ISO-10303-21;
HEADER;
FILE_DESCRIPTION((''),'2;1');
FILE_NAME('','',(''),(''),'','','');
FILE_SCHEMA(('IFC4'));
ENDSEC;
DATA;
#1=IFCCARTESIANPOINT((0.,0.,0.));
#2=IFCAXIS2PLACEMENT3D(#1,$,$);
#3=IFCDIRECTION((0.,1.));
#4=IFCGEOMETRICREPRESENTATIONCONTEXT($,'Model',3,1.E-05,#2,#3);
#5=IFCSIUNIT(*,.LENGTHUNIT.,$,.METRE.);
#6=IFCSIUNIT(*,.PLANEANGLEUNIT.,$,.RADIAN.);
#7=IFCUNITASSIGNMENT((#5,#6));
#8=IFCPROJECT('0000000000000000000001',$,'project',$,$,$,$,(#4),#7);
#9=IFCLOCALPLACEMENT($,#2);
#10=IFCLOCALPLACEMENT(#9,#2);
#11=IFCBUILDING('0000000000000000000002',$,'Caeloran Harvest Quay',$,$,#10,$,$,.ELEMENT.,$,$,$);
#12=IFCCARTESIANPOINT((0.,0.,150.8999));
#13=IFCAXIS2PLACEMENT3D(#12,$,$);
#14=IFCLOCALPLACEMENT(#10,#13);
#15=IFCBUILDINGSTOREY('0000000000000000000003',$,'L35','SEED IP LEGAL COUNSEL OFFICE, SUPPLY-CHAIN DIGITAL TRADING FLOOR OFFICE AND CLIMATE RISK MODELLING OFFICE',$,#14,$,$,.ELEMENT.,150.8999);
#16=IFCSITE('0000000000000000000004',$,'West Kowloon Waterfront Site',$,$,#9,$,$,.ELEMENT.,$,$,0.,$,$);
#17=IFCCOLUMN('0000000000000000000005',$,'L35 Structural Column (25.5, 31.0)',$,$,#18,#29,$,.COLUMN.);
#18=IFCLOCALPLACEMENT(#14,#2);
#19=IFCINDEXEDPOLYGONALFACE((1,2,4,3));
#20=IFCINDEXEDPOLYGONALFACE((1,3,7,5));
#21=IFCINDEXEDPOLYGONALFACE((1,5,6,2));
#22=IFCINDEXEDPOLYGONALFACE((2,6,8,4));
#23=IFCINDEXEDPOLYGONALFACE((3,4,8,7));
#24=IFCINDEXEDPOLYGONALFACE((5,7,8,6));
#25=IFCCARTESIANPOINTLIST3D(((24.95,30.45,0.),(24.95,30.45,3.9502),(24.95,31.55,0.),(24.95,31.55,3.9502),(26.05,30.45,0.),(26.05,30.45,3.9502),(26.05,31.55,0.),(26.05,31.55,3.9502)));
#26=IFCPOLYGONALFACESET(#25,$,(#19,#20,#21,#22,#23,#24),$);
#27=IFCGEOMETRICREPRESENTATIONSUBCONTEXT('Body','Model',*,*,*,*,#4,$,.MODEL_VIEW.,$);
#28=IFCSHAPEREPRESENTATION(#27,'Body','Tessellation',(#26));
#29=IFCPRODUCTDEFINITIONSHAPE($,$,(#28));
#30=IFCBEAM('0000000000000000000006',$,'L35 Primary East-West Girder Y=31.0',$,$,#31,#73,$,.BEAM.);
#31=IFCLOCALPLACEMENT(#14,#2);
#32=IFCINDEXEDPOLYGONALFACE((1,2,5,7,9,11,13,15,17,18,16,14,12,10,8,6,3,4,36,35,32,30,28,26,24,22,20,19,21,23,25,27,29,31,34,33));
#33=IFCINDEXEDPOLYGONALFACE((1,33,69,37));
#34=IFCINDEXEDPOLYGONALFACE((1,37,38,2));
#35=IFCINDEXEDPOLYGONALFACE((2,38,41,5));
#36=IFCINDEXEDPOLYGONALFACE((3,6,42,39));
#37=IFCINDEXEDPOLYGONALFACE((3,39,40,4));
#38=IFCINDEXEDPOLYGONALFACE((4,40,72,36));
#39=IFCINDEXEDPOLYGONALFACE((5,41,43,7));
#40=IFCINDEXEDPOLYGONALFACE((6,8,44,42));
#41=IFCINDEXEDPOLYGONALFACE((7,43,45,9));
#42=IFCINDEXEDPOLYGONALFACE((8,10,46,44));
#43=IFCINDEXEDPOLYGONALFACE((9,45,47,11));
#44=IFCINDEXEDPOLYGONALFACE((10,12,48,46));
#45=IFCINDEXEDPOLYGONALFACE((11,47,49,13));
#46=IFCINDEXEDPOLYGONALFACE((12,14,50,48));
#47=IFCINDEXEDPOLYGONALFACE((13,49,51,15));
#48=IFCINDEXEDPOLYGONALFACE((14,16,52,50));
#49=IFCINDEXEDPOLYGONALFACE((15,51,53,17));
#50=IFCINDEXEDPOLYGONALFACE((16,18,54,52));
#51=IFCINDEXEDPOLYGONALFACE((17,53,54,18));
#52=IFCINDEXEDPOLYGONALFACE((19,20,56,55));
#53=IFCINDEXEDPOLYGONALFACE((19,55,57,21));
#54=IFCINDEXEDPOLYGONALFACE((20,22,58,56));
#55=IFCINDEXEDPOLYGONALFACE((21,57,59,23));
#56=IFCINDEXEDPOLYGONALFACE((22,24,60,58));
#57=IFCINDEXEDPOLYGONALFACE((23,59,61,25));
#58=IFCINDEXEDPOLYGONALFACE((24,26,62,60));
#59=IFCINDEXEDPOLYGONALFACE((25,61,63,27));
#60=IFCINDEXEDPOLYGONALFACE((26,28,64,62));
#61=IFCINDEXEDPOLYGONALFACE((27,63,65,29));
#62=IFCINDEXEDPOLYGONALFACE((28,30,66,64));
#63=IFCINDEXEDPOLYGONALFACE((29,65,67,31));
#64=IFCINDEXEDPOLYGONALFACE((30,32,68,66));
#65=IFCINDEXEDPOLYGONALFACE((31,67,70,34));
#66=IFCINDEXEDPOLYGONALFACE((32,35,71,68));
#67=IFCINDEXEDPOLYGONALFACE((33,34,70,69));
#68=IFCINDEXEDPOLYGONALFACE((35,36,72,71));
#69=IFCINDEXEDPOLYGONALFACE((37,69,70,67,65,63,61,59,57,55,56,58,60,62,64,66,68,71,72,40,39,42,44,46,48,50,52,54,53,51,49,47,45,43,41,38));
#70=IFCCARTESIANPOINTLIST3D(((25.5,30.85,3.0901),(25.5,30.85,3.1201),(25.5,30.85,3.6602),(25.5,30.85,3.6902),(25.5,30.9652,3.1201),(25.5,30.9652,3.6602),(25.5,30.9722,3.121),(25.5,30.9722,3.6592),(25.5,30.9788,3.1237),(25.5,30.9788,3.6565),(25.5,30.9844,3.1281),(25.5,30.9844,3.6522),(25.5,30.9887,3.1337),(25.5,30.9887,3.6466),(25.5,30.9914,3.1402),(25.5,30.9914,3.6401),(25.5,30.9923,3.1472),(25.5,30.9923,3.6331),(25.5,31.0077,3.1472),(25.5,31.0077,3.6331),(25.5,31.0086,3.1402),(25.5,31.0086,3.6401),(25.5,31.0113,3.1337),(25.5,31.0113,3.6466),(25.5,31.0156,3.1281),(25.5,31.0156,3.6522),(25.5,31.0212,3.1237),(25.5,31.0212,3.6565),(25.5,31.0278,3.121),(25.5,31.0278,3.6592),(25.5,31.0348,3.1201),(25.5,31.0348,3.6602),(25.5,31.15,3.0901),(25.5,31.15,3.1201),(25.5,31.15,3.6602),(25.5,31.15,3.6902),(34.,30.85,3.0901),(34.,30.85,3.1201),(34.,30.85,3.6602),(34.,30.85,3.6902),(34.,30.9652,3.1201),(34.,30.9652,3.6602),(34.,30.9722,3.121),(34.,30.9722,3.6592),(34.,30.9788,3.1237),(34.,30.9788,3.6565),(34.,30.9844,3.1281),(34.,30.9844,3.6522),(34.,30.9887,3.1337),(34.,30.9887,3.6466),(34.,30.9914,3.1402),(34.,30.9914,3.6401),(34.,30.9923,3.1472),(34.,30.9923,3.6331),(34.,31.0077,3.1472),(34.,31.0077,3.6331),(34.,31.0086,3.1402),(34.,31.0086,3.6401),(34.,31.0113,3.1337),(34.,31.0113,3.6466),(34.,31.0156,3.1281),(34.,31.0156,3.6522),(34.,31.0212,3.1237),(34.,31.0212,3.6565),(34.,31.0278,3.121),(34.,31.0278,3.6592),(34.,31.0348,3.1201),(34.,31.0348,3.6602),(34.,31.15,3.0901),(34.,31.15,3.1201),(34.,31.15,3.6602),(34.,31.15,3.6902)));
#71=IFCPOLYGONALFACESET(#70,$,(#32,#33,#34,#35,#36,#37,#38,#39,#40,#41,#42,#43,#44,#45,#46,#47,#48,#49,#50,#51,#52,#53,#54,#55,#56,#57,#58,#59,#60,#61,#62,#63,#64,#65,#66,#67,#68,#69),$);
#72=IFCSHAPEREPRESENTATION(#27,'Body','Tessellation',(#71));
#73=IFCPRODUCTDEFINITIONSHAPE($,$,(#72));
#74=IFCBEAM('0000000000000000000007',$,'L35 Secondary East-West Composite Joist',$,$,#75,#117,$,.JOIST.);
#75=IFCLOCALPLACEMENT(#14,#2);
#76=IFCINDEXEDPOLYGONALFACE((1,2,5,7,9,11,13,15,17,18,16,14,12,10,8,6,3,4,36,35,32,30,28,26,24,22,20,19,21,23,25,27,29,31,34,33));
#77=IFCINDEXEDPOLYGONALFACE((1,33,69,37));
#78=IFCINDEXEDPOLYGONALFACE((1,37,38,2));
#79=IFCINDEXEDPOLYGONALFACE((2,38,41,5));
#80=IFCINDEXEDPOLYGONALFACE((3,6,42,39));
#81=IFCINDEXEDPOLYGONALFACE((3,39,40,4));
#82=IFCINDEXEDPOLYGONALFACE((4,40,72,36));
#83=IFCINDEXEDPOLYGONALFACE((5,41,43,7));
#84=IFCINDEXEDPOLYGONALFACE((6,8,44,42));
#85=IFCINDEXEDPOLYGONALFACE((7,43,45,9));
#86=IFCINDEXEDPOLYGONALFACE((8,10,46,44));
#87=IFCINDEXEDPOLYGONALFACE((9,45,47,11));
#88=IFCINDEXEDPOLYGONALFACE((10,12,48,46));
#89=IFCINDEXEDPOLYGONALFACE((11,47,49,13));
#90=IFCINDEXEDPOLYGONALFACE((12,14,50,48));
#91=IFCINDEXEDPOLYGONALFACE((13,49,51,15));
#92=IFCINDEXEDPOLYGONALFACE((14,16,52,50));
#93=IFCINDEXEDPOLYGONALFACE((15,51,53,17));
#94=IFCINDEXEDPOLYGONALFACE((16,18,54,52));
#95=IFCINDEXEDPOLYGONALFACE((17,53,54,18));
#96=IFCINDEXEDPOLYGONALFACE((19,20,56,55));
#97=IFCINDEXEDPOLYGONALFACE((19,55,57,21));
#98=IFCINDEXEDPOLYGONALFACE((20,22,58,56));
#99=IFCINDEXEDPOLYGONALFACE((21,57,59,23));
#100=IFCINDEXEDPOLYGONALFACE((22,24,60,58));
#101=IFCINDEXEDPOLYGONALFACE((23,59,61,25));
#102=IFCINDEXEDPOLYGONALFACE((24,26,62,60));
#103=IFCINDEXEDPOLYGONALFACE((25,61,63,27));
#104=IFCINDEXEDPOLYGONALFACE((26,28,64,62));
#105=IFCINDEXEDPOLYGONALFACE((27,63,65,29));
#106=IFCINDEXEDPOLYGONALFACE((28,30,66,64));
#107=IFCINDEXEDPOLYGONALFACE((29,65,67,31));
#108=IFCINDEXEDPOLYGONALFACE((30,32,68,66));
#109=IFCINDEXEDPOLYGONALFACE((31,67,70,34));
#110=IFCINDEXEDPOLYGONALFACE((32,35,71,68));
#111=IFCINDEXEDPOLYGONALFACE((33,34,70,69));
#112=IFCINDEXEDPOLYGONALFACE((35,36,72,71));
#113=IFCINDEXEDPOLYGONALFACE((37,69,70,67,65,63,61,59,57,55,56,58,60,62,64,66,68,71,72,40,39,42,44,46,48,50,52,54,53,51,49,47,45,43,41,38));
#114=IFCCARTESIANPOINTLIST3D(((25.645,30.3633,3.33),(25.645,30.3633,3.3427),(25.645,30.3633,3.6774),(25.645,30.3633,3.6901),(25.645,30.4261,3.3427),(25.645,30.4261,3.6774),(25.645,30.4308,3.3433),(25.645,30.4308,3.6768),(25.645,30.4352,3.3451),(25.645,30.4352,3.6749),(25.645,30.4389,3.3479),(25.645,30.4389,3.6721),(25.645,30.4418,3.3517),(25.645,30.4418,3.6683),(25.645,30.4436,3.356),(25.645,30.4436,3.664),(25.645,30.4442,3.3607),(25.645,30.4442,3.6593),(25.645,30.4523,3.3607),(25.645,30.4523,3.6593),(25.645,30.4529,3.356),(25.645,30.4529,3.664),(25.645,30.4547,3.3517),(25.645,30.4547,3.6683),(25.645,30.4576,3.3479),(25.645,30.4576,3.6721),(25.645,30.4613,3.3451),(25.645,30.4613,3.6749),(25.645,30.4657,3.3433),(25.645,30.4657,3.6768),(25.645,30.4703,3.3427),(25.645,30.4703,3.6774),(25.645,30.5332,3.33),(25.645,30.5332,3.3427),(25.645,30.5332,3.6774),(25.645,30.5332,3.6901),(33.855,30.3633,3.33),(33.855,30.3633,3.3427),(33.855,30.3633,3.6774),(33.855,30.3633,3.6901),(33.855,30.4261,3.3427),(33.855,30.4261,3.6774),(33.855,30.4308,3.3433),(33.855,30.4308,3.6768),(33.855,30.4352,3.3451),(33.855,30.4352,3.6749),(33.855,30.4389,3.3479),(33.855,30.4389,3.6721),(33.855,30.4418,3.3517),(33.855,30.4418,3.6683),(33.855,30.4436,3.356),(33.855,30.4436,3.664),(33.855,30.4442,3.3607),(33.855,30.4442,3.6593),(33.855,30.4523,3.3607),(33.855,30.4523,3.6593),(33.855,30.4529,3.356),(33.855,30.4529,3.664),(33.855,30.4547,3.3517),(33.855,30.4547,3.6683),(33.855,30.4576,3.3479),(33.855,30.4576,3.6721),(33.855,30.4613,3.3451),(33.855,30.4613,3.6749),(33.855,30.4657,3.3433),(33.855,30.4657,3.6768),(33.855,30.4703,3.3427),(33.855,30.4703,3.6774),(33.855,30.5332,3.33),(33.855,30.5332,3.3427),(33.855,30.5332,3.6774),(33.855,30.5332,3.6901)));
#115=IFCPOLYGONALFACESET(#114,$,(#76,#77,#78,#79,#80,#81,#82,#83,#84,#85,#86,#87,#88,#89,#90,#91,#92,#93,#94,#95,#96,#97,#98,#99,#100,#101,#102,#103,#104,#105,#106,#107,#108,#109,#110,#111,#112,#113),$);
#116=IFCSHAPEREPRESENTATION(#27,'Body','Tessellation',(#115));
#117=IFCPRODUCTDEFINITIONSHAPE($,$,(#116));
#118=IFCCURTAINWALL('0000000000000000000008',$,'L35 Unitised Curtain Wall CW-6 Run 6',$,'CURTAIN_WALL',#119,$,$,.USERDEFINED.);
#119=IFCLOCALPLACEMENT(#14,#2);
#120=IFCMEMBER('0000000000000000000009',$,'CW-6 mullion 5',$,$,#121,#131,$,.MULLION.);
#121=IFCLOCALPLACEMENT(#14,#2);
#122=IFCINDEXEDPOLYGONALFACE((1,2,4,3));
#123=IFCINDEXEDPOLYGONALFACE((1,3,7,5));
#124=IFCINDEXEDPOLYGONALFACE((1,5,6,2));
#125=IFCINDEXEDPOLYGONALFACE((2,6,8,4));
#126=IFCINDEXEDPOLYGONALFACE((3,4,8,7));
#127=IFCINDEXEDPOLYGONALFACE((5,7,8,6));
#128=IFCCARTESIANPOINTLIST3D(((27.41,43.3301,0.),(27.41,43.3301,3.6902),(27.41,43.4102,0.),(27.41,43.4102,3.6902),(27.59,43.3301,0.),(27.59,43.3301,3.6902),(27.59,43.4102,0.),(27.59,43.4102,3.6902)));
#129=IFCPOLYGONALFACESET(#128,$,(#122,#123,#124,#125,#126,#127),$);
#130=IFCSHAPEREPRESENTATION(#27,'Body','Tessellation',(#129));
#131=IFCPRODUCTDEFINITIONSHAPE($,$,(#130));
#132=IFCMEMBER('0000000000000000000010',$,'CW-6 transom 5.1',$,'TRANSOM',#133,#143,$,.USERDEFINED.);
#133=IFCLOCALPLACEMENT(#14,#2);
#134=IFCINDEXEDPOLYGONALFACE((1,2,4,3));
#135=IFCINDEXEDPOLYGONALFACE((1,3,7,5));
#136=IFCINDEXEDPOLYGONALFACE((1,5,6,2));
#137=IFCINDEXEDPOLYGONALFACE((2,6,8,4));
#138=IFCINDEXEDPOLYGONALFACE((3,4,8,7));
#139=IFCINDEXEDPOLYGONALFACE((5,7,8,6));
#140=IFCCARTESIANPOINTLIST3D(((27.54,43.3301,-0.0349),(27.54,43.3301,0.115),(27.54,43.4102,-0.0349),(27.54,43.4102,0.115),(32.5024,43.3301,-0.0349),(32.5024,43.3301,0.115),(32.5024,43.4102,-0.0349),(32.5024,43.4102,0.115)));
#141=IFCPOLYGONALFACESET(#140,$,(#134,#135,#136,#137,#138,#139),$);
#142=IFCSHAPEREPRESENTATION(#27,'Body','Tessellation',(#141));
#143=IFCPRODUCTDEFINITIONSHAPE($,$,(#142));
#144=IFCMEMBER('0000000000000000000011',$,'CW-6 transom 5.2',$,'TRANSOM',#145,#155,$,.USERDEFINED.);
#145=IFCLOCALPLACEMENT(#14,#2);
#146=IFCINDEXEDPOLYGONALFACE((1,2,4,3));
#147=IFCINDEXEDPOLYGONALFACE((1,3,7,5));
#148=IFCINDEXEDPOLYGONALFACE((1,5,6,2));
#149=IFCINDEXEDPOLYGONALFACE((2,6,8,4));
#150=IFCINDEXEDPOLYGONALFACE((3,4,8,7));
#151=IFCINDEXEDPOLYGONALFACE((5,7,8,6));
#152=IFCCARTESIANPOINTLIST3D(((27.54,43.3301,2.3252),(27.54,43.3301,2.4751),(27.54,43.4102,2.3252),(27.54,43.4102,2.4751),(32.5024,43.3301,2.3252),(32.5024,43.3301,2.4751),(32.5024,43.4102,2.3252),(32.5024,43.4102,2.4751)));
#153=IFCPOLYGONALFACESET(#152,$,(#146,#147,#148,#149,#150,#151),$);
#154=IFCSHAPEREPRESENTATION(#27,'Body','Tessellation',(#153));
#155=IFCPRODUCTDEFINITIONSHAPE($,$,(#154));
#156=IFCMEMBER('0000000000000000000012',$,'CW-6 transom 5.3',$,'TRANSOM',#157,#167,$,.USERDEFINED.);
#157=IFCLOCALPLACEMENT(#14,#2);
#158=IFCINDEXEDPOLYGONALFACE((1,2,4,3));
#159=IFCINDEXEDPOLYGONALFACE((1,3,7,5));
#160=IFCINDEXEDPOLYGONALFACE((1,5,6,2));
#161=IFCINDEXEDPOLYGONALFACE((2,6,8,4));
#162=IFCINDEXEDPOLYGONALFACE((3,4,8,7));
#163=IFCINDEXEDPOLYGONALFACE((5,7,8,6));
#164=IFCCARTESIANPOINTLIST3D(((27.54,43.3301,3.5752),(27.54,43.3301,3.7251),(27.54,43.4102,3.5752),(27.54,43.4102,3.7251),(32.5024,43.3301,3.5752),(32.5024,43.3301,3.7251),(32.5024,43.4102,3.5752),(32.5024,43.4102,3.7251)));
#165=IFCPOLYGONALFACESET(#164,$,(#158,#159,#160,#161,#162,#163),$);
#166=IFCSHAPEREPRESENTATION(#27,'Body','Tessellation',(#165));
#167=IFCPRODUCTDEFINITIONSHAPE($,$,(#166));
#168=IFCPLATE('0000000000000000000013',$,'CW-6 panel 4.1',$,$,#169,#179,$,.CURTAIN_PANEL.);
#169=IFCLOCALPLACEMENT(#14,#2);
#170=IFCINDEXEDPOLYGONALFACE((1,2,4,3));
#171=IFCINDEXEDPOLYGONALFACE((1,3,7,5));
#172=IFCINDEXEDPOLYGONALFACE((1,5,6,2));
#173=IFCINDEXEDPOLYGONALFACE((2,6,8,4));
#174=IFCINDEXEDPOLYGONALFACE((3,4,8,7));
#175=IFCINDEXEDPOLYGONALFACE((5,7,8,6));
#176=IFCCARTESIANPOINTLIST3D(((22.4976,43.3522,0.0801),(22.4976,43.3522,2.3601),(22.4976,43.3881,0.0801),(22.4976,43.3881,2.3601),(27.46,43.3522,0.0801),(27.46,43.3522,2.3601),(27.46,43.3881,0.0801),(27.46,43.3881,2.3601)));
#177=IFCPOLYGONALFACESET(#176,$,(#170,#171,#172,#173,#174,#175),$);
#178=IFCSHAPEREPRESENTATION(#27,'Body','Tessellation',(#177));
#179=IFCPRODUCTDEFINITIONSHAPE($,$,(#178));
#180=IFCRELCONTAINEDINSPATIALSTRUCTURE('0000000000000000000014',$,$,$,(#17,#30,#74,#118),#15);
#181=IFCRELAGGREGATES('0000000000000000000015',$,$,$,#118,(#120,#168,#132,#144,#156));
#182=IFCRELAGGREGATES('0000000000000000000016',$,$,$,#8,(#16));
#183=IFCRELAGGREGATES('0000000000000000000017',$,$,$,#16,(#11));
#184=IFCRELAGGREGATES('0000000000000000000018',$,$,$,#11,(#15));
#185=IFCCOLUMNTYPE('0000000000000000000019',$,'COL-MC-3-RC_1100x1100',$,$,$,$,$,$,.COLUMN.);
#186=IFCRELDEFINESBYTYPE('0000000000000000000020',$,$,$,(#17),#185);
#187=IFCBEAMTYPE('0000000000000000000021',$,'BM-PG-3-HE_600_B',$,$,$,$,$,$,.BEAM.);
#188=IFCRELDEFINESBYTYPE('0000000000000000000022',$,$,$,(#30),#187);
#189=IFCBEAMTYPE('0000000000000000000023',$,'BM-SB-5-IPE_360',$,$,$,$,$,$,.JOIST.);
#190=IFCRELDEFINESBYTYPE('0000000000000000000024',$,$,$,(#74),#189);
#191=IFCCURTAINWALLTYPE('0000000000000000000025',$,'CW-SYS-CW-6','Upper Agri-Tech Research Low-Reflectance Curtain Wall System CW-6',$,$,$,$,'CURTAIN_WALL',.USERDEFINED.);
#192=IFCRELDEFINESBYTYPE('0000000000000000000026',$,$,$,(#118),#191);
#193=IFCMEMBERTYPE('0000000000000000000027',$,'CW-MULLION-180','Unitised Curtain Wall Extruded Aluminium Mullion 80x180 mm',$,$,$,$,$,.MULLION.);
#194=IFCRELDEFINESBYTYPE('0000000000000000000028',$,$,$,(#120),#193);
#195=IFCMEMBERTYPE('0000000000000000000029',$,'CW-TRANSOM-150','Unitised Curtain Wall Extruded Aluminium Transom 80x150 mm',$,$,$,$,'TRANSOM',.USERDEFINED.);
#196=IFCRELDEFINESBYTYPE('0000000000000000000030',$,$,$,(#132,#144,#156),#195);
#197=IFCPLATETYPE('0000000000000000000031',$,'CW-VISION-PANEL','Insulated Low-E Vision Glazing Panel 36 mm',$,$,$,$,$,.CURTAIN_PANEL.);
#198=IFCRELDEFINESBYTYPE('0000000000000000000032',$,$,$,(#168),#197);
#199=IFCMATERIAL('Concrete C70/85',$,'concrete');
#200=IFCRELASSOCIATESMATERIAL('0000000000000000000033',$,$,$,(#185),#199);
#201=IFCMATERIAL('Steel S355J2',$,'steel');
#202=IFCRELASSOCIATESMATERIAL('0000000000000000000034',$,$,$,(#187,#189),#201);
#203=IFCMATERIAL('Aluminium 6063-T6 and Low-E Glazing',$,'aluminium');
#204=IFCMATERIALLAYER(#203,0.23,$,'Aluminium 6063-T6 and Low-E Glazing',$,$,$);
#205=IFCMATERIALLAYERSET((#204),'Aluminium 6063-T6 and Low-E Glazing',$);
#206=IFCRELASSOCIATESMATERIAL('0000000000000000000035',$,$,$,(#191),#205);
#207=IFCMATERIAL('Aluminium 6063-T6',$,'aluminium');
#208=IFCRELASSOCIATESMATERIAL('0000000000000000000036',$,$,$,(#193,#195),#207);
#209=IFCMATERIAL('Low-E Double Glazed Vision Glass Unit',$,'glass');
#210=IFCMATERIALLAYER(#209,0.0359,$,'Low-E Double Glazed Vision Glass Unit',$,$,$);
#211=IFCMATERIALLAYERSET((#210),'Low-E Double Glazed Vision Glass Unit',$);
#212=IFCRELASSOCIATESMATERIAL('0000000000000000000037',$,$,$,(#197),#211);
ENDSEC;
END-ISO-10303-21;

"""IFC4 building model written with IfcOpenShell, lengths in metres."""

from ifc_helpers import new_model, si_unit, direction, frame, origin, origin_2d, place, context, subcontext, project, spatial, rectangle, i_section, extrude, material, layer, layer_set, material_profile, profile_set, type_object, element, aggregate, save


model = new_model("IFC4")

# Units and contexts
model_context = context("Model", 3, precision=1e-05, world=origin(), true_north=direction((0.0, 1.0)))
body_context = subcontext(model_context, "Body", "Model", "MODEL_VIEW")
ifc_project = project(units=[si_unit("LENGTHUNIT", "METRE"), si_unit("PLANEANGLEUNIT", "RADIAN")], contexts=[model_context])

# Site, building, storey
site_placement = place(None, origin())
site = spatial("IfcSite", under=ifc_project, at=site_placement, Name="West Kowloon Waterfront Site", CompositionType="ELEMENT", RefElevation=0.0)
building_placement = place(site_placement, origin())
building = spatial("IfcBuilding", under=site, at=building_placement, Name="Caeloran Harvest Quay", CompositionType="ELEMENT")
storey_placement = place(building_placement, frame((0.0, 0.0, 150.8999)))
storey = spatial("IfcBuildingStorey", under=building, at=storey_placement, Name="L35", Description="SEED IP LEGAL COUNSEL OFFICE, SUPPLY-CHAIN DIGITAL TRADING FLOOR OFFICE AND CLIMATE RISK MODELLING OFFICE", CompositionType="ELEMENT", Elevation=150.8999)

# Column
ifc_material_1 = material(Name="Concrete C70/85", Category="concrete")
ifc_material_profile_1 = material_profile(ifc_material_1, rectangle(XDim=1.1001, YDim=1.1001, at=origin_2d()), Name="RC 1100x1100")
ifc_profile_set_1 = profile_set([ifc_material_profile_1], Name="Concrete C70/85")
column_type = type_object("IfcColumnType", Name="COL-MC-3-RC_1100x1100", PredefinedType="COLUMN", material=ifc_profile_set_1)
column_placement = place(storey_placement, frame((25.5, 31.0, 0.0), z_axis=(0.0, 0.0, 1.0), x_axis=(1.0, 0.0, 0.0)))
element("IfcColumn", 1, at=column_placement, inside=storey, type_object=column_type, Name="L35 Structural Column (25.5, 31.0)", PredefinedType="COLUMN", context=body_context, shape_type="SweptSolid", body=[
    extrude(rectangle(XDim=1.1001, YDim=1.1001, at=origin_2d()), origin(), (0.0, 0.0, 1.0), 3.9502),
])

# Beams
ifc_material_2 = material(Name="Steel S355J2", Category="steel")
ifc_material_profile_2 = material_profile(ifc_material_2, i_section(OverallWidth=0.3, OverallDepth=0.6001, WebThickness=0.0154, FlangeThickness=0.03, FilletRadius=0.0271, at=origin_2d()), Name="HE 600 B")
ifc_profile_set_2 = profile_set([ifc_material_profile_2], Name="Steel S355J2")
beam_type_1 = type_object("IfcBeamType", Name="BM-PG-3-HE_600_B", PredefinedType="BEAM", material=ifc_profile_set_2)
beam_1_placement = place(storey_placement, frame((25.5, 31.0, 3.3901), z_axis=(1.0, 0.0, 0.0), x_axis=(0.0, 1.0, 0.0)))
element("IfcBeam", 2, at=beam_1_placement, inside=storey, type_object=beam_type_1, Name="L35 Primary East-West Girder Y=31.0", PredefinedType="BEAM", context=body_context, shape_type="SweptSolid", body=[
    extrude(i_section(OverallWidth=0.3, OverallDepth=0.6001, WebThickness=0.0154, FlangeThickness=0.03, FilletRadius=0.0271, at=origin_2d()), origin(), (0.0, 0.0, 1.0), 8.5),
])
ifc_material_profile_3 = material_profile(ifc_material_2, i_section(OverallWidth=0.1699, OverallDepth=0.3601, WebThickness=0.0081, FlangeThickness=0.0127, FilletRadius=0.0181, at=origin_2d()), Name="IPE 360")
ifc_profile_set_3 = profile_set([ifc_material_profile_3], Name="Steel S355J2")
beam_type_2 = type_object("IfcBeamType", Name="BM-SB-5-IPE_360", PredefinedType="JOIST", material=ifc_profile_set_3)
beam_2_placement = place(storey_placement, frame((25.645, 30.4482, 3.51), z_axis=(1.0, 0.0, 0.0), x_axis=(0.0, 1.0, 0.0)))
element("IfcBeam", 3, at=beam_2_placement, inside=storey, type_object=beam_type_2, Name="L35 Secondary East-West Composite Joist", PredefinedType="JOIST", context=body_context, shape_type="SweptSolid", body=[
    extrude(i_section(OverallWidth=0.1699, OverallDepth=0.3601, WebThickness=0.0081, FlangeThickness=0.0127, FilletRadius=0.0181, at=origin_2d()), origin(), (0.0, 0.0, 1.0), 8.21),
])

# Curtain wall, members, plate
ifc_material_3 = material(Name="Aluminium 6063-T6 and Low-E Glazing", Category="aluminium")
ifc_layer_1 = layer(ifc_material_3, 0.23, Name="Aluminium 6063-T6 and Low-E Glazing")
ifc_layer_set_1 = layer_set([ifc_layer_1], Name="Aluminium 6063-T6 and Low-E Glazing")
curtain_wall_type = type_object("IfcCurtainWallType", Name="CW-SYS-CW-6", Description="Upper Agri-Tech Research Low-Reflectance Curtain Wall System CW-6", ElementType="CURTAIN_WALL", PredefinedType="USERDEFINED", material=ifc_layer_set_1)
curtain_wall_placement = place(storey_placement, origin())
curtain_wall = element("IfcCurtainWall", 4, at=curtain_wall_placement, inside=storey, type_object=curtain_wall_type, Name="L35 Unitised Curtain Wall CW-6 Run 6", ObjectType="CURTAIN_WALL", PredefinedType="USERDEFINED")
ifc_material_4 = material(Name="Aluminium 6063-T6", Category="aluminium")
ifc_material_profile_4 = material_profile(ifc_material_4, rectangle(XDim=0.0801, YDim=0.1799, at=origin_2d()), Name="CW-MULLION-180")
ifc_profile_set_4 = profile_set([ifc_material_profile_4], Name="Aluminium 6063-T6")
member_type_1 = type_object("IfcMemberType", Name="CW-MULLION-180", Description="Unitised Curtain Wall Extruded Aluminium Mullion 80x180 mm", PredefinedType="MULLION", material=ifc_profile_set_4)
member_1_placement = place(storey_placement, frame((27.5, 43.3701, 0.0), z_axis=(0.0, 0.0, 1.0), x_axis=(0.0, 1.0, 0.0)))
member_1 = element("IfcMember", 5, at=member_1_placement, type_object=member_type_1, Name="CW-6 mullion 5", PredefinedType="MULLION", context=body_context, shape_type="SweptSolid", body=[
    extrude(rectangle(XDim=0.0801, YDim=0.1799, at=origin_2d()), origin(), (0.0, 0.0, 1.0), 3.6902),
])
ifc_material_profile_5 = material_profile(ifc_material_4, rectangle(XDim=0.0801, YDim=0.1499, at=origin_2d()), Name="CW-TRANSOM-150")
ifc_profile_set_5 = profile_set([ifc_material_profile_5], Name="Aluminium 6063-T6")
member_type_2 = type_object("IfcMemberType", Name="CW-TRANSOM-150", Description="Unitised Curtain Wall Extruded Aluminium Transom 80x150 mm", ElementType="TRANSOM", PredefinedType="USERDEFINED", material=ifc_profile_set_5)
member_2_placement = place(storey_placement, frame((27.54, 43.3701, 0.04), z_axis=(1.0, 0.0, 0.0), x_axis=(0.0, 1.0, 0.0)))
member_2 = element("IfcMember", 6, at=member_2_placement, type_object=member_type_2, Name="CW-6 transom 5.1", ObjectType="TRANSOM", PredefinedType="USERDEFINED", context=body_context, shape_type="SweptSolid", body=[
    extrude(rectangle(XDim=0.0801, YDim=0.1499, at=origin_2d()), origin(), (0.0, 0.0, 1.0), 4.9624),
])
member_3_placement = place(storey_placement, frame((27.54, 43.3701, 2.4001), z_axis=(1.0, 0.0, 0.0), x_axis=(0.0, 1.0, 0.0)))
member_3 = element("IfcMember", 7, at=member_3_placement, type_object=member_type_2, Name="CW-6 transom 5.2", ObjectType="TRANSOM", PredefinedType="USERDEFINED", context=body_context, shape_type="SweptSolid", body=[
    extrude(rectangle(XDim=0.0801, YDim=0.1499, at=origin_2d()), origin(), (0.0, 0.0, 1.0), 4.9624),
])
member_4_placement = place(storey_placement, frame((27.54, 43.3701, 3.6501), z_axis=(1.0, 0.0, 0.0), x_axis=(0.0, 1.0, 0.0)))
member_4 = element("IfcMember", 8, at=member_4_placement, type_object=member_type_2, Name="CW-6 transom 5.3", ObjectType="TRANSOM", PredefinedType="USERDEFINED", context=body_context, shape_type="SweptSolid", body=[
    extrude(rectangle(XDim=0.0801, YDim=0.1499, at=origin_2d()), origin(), (0.0, 0.0, 1.0), 4.9624),
])
ifc_material_5 = material(Name="Low-E Double Glazed Vision Glass Unit", Category="glass")
ifc_layer_2 = layer(ifc_material_5, 0.0359, Name="Low-E Double Glazed Vision Glass Unit")
ifc_layer_set_2 = layer_set([ifc_layer_2], Name="Low-E Double Glazed Vision Glass Unit")
plate_type = type_object("IfcPlateType", Name="CW-VISION-PANEL", Description="Insulated Low-E Vision Glazing Panel 36 mm", PredefinedType="CURTAIN_PANEL", material=ifc_layer_set_2)
plate_1_placement = place(storey_placement, frame((24.9788, 43.3701, 0.0801), z_axis=(0.0, 0.0, 1.0), x_axis=(1.0, 0.0, 0.0)))
plate_1 = element("IfcPlate", 9, at=plate_1_placement, type_object=plate_type, Name="CW-6 panel 4.1", PredefinedType="CURTAIN_PANEL", context=body_context, shape_type="SweptSolid", body=[
    extrude(rectangle(XDim=4.9624, YDim=0.0359, at=origin_2d()), origin(), (0.0, 0.0, 1.0), 2.28),
])
aggregate(curtain_wall, [member_1, plate_1, member_2, member_3, member_4])

save(model, "model.ifc")
